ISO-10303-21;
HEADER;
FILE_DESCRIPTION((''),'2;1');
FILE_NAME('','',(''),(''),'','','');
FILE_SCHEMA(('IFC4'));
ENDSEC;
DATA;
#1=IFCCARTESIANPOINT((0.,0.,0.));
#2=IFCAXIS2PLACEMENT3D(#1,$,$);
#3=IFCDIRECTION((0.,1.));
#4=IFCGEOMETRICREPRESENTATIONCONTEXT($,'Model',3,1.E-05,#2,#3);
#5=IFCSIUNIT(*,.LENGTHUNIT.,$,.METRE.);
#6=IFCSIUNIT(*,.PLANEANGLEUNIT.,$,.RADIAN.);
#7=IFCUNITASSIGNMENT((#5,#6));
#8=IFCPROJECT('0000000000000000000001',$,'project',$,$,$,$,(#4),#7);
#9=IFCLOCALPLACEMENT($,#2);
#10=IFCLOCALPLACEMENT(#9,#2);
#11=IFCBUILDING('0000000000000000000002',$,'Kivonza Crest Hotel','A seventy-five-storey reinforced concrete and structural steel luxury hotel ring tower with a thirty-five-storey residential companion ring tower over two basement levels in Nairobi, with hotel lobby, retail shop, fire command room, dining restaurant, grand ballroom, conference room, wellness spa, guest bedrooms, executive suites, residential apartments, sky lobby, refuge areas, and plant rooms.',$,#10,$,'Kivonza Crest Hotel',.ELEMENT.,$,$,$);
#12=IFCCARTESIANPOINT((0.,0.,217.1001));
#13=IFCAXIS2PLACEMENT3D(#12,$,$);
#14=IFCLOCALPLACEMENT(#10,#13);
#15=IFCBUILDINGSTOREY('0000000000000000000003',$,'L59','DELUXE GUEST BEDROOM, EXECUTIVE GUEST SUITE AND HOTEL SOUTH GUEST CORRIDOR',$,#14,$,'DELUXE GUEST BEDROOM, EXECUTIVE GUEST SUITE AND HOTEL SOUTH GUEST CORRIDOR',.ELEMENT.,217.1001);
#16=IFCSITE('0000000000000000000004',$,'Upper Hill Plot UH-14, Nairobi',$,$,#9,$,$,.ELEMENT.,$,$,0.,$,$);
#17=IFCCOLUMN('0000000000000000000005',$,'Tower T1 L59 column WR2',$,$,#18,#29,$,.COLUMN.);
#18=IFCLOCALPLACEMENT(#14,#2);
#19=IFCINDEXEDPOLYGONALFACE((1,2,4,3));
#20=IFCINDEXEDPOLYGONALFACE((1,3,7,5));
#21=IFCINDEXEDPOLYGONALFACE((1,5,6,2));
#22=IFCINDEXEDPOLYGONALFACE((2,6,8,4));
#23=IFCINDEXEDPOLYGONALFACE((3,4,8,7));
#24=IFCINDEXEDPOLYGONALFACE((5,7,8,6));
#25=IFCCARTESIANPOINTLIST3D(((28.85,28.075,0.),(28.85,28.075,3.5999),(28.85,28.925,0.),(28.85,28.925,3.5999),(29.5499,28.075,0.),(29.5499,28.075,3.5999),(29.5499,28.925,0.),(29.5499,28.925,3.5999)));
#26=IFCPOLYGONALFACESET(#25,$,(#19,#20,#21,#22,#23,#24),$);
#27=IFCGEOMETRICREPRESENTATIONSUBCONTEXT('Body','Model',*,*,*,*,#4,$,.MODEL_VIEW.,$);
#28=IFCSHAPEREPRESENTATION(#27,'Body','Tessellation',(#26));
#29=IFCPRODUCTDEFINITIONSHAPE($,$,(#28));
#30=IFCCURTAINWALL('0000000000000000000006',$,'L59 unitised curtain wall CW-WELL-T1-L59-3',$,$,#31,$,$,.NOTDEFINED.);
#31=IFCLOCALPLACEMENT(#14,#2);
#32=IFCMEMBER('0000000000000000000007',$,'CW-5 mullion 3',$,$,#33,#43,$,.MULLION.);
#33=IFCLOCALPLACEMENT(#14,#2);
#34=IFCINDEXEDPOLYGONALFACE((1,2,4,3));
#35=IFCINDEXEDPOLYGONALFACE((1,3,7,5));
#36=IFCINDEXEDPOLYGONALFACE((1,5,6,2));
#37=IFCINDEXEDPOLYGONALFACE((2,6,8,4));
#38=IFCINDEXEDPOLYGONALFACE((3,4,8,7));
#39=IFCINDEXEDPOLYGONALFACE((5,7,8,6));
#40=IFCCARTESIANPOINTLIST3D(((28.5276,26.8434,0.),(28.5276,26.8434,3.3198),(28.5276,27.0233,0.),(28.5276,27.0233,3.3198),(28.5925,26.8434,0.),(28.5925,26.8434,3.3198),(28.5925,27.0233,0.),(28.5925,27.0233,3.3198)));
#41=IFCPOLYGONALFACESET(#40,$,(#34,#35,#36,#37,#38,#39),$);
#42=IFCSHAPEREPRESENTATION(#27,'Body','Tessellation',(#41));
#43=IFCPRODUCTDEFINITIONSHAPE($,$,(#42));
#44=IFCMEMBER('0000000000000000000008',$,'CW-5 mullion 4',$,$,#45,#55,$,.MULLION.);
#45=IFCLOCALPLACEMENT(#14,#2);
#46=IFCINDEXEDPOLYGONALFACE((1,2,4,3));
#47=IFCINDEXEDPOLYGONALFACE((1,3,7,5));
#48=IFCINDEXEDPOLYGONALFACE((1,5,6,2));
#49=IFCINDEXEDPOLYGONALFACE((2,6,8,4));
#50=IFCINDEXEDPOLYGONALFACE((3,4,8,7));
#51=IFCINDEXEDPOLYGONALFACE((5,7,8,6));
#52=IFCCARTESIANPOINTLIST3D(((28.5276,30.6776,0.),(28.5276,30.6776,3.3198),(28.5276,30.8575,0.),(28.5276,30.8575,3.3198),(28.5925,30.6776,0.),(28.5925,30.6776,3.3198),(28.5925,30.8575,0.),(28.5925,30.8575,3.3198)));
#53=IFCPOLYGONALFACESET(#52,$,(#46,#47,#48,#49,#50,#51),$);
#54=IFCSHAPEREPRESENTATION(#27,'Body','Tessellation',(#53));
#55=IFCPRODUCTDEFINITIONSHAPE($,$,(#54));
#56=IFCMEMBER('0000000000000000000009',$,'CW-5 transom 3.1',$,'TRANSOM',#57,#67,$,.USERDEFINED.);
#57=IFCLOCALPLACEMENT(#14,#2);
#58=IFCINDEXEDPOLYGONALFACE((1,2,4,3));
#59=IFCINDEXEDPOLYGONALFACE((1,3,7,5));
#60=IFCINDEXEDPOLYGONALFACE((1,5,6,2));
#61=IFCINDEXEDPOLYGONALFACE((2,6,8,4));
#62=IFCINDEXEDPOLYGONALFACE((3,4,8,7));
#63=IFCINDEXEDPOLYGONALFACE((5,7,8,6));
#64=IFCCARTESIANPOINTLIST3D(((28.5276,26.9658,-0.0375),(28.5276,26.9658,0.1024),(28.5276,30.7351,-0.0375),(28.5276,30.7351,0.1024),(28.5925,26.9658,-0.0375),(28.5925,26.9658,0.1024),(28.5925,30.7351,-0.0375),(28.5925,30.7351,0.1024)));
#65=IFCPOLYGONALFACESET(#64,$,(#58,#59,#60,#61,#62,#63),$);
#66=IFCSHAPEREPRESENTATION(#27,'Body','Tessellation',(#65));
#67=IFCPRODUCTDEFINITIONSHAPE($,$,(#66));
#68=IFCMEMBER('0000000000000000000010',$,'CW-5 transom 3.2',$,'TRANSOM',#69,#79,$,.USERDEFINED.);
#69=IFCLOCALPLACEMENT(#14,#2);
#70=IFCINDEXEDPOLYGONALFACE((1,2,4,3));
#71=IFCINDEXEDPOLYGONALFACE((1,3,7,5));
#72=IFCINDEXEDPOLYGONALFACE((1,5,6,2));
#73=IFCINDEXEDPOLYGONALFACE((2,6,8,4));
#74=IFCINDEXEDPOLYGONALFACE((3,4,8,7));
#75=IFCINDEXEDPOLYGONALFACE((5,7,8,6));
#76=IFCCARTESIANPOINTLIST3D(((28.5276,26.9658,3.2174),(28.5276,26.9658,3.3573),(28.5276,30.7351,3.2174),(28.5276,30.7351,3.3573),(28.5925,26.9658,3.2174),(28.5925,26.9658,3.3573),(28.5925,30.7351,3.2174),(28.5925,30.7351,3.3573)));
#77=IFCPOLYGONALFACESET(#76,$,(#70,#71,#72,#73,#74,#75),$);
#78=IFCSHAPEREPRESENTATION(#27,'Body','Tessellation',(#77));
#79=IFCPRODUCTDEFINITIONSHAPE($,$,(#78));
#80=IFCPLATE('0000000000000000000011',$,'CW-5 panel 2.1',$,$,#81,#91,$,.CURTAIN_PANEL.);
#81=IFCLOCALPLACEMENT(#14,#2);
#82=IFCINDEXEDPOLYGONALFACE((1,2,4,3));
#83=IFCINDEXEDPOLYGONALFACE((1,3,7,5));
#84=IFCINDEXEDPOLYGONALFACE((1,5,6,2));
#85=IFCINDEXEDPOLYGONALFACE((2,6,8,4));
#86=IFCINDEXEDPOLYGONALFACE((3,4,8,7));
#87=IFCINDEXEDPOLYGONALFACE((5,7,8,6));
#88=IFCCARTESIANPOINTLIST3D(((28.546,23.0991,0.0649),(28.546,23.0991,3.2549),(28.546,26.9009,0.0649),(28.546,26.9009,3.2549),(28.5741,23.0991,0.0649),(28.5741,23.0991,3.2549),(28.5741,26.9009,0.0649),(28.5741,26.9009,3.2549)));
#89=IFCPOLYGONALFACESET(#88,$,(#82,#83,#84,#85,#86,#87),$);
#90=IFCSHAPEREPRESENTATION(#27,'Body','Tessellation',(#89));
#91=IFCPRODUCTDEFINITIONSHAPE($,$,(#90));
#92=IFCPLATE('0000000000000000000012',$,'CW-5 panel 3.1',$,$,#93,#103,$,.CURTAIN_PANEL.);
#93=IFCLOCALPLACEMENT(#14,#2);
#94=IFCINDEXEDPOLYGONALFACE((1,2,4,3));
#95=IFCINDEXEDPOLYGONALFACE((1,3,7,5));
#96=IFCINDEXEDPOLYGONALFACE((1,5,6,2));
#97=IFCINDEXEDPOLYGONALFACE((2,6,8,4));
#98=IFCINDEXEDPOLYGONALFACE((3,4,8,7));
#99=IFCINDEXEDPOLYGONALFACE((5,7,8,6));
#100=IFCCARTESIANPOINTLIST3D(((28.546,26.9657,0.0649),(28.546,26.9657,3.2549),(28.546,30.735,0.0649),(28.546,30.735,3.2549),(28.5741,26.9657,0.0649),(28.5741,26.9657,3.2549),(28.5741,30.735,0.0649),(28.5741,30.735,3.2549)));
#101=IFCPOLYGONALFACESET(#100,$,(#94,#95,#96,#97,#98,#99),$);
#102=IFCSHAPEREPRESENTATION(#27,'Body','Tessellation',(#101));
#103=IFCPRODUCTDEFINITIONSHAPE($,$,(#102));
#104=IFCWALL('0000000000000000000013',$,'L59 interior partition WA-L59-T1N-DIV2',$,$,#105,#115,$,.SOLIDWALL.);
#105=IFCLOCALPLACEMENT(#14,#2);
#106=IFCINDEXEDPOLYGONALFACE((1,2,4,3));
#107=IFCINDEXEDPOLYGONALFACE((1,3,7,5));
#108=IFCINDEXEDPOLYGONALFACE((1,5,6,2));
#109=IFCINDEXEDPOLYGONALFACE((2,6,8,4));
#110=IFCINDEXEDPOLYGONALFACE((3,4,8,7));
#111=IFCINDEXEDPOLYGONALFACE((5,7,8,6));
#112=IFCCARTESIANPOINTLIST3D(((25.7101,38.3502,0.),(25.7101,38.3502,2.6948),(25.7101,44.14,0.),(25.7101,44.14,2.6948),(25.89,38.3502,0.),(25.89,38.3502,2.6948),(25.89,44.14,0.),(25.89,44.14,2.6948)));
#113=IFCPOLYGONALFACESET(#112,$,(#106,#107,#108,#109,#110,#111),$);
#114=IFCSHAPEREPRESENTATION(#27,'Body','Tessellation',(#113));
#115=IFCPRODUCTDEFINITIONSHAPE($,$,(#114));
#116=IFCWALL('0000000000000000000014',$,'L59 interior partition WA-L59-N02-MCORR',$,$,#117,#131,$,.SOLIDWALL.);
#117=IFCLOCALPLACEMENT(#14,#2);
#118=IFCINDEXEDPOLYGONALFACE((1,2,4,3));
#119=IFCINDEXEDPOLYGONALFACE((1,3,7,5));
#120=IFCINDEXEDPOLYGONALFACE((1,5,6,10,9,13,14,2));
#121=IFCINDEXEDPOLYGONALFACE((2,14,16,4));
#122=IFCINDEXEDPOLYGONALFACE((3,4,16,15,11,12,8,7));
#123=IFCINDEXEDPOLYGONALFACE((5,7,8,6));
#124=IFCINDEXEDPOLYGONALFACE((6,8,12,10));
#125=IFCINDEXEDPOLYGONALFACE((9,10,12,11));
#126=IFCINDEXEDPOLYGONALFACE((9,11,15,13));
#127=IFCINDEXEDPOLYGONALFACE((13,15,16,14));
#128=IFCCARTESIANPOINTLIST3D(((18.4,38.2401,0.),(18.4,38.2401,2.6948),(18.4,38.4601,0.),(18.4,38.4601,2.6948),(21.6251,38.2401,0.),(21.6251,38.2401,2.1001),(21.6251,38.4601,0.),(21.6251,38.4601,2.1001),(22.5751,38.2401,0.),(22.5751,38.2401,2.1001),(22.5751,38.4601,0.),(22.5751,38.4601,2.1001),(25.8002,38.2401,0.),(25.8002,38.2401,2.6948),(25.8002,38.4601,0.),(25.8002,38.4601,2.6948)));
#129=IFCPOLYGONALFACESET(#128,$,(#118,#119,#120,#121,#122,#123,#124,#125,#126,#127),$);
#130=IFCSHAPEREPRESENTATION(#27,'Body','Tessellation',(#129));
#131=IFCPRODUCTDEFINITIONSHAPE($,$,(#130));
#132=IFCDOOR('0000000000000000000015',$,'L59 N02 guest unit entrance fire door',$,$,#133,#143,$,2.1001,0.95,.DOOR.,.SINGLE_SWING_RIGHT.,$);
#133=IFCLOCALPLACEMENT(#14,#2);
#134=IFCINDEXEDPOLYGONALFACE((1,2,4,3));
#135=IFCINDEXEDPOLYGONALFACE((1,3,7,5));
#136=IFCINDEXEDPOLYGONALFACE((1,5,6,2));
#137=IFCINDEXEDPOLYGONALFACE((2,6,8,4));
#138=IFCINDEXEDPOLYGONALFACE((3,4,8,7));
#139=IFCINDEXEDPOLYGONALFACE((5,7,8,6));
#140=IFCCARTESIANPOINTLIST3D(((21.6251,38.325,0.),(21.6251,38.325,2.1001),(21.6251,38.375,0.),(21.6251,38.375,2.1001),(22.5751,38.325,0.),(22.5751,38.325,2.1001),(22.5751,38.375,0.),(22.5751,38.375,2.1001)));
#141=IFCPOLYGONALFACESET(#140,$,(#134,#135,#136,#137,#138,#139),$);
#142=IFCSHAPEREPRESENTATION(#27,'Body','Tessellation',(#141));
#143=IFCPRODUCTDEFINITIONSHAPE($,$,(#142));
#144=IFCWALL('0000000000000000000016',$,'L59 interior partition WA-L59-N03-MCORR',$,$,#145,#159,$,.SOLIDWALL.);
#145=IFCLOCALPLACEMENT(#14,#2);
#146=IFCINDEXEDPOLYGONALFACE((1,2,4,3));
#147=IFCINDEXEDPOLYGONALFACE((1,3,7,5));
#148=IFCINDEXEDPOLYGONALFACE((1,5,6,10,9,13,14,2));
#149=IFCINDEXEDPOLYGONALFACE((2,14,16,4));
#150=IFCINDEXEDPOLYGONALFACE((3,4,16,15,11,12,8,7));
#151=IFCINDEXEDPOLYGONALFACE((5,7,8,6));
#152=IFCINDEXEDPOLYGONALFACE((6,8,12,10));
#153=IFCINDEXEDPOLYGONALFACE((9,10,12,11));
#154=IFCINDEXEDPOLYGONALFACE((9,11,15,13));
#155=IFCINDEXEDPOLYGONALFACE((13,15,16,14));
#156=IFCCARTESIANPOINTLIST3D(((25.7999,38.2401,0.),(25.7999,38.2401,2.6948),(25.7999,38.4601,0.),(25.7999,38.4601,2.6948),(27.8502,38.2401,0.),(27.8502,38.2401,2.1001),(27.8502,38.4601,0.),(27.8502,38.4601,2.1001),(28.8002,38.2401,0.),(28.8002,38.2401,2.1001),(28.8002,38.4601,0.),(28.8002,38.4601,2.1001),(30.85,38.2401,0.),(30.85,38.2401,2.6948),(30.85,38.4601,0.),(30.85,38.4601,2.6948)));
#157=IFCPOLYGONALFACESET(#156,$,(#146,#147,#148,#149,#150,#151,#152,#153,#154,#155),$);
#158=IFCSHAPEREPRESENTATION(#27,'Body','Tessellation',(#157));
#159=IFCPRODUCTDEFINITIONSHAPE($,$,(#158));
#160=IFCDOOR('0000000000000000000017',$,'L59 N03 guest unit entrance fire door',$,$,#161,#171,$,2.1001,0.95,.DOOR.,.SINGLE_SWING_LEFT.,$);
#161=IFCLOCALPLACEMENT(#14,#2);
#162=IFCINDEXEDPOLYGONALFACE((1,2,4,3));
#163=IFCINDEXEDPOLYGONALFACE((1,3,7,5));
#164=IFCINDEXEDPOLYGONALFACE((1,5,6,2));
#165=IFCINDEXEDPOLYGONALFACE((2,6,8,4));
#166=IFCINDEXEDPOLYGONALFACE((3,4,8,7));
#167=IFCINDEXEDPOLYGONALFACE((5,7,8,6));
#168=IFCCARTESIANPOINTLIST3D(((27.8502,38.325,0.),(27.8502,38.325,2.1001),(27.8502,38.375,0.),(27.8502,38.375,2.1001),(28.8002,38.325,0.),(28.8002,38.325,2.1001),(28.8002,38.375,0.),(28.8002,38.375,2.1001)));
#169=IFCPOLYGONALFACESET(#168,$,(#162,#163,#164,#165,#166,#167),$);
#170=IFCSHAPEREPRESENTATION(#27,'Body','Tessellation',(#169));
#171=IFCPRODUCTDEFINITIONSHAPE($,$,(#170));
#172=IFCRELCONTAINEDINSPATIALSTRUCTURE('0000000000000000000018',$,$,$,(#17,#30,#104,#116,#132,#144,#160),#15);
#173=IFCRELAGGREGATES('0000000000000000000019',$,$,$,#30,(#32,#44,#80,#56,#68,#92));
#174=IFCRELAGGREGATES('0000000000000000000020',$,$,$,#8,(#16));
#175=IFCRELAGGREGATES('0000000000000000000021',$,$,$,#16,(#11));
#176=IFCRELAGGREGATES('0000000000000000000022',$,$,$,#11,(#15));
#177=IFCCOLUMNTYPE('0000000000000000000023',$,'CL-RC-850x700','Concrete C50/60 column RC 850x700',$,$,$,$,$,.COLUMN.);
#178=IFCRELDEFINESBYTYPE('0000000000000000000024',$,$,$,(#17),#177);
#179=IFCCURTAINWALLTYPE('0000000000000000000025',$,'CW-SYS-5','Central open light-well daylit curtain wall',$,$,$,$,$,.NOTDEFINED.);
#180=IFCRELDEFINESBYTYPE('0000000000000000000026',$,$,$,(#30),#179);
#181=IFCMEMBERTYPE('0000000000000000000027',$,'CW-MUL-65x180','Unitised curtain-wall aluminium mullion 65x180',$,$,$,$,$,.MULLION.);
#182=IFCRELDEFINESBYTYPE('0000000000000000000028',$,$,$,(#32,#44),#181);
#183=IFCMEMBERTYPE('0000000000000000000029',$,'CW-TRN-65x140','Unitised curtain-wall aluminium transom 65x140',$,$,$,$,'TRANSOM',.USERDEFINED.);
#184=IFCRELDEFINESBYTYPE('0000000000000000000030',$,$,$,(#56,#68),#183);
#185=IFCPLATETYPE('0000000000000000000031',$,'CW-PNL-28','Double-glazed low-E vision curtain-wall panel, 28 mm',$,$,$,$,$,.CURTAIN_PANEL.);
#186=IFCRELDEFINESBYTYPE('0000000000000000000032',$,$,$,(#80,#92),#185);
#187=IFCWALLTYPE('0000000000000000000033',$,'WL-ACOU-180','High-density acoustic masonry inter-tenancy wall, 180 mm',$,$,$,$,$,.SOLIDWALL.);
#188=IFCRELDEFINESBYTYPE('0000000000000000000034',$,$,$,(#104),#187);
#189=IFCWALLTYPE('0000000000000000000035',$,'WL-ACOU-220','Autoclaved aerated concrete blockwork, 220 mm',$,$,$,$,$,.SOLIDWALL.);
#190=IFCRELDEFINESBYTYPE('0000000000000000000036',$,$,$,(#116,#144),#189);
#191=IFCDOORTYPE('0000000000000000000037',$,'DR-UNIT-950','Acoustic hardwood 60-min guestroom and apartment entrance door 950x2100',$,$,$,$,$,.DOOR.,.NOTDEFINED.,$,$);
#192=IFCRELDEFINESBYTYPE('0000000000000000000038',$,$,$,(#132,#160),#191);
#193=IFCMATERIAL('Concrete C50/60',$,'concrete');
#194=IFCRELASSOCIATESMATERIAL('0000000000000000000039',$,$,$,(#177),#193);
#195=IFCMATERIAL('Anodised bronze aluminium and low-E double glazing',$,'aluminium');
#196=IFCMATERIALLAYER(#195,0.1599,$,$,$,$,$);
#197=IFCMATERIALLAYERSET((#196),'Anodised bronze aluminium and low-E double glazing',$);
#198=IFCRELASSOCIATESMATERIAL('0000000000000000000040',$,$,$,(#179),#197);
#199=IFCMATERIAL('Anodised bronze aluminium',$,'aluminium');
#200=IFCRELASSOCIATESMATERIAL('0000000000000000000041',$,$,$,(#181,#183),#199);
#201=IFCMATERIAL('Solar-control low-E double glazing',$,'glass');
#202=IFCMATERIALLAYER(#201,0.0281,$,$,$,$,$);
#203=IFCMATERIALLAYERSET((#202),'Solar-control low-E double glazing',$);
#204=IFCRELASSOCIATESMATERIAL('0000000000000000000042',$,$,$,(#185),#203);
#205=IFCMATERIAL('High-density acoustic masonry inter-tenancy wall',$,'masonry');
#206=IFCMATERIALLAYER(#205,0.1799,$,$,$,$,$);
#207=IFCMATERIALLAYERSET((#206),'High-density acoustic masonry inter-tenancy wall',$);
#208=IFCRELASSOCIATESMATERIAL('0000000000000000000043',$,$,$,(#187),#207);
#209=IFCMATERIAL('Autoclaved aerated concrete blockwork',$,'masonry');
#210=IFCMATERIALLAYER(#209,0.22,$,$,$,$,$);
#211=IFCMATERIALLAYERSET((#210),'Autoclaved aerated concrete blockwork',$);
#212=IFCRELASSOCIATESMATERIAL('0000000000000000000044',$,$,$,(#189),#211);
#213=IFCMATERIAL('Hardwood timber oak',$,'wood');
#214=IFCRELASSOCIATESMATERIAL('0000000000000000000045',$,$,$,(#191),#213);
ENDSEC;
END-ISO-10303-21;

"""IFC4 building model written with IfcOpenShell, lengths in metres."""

from ifc_helpers import new_model, si_unit, direction, frame, frame_2d, origin, origin_2d, place, context, subcontext, project, spatial, rectangle, extrude, material, layer, layer_set, material_profile, profile_set, type_object, element, fill, aggregate, save


model = new_model("IFC4")

# Units and contexts
model_context = context("Model", 3, precision=1e-05, world=origin(), true_north=direction((0.0, 1.0)))
body_context = subcontext(model_context, "Body", "Model", "MODEL_VIEW")
ifc_project = project(units=[si_unit("LENGTHUNIT", "METRE"), si_unit("PLANEANGLEUNIT", "RADIAN")], contexts=[model_context])

# Site, building, storey
site_placement = place(None, origin())
site = spatial("IfcSite", under=ifc_project, at=site_placement, Name="Upper Hill Plot UH-14, Nairobi", CompositionType="ELEMENT", RefElevation=0.0)
building_placement = place(site_placement, origin())
building = spatial("IfcBuilding", under=site, at=building_placement, Name="Kivonza Crest Hotel", Description="A seventy-five-storey reinforced concrete and structural steel luxury hotel ring tower with a thirty-five-storey residential companion ring tower over two basement levels in Nairobi, with hotel lobby, retail shop, fire command room, dining restaurant, grand ballroom, conference room, wellness spa, guest bedrooms, executive suites, residential apartments, sky lobby, refuge areas, and plant rooms.", LongName="Kivonza Crest Hotel", CompositionType="ELEMENT")
storey_placement = place(building_placement, frame((0.0, 0.0, 217.1001)))
storey = spatial("IfcBuildingStorey", under=building, at=storey_placement, Name="L59", Description="DELUXE GUEST BEDROOM, EXECUTIVE GUEST SUITE AND HOTEL SOUTH GUEST CORRIDOR", LongName="DELUXE GUEST BEDROOM, EXECUTIVE GUEST SUITE AND HOTEL SOUTH GUEST CORRIDOR", CompositionType="ELEMENT", Elevation=217.1001)

# Column
ifc_material_1 = material(Name="Concrete C50/60", Category="concrete")
ifc_material_profile_1 = material_profile(ifc_material_1, rectangle(XDim=0.7, YDim=0.8501, at=origin_2d()), Name="RC 850x700")
ifc_profile_set_1 = profile_set([ifc_material_profile_1], Name="Concrete C50/60")
column_type = type_object("IfcColumnType", Name="CL-RC-850x700", Description="Concrete C50/60 column RC 850x700", PredefinedType="COLUMN", material=ifc_profile_set_1)
column_placement = place(storey_placement, frame((29.2, 28.5, 0.0), z_axis=(0.0, 0.0, 1.0), x_axis=(1.0, 0.0, 0.0)))
element("IfcColumn", 1, at=column_placement, inside=storey, type_object=column_type, Name="Tower T1 L59 column WR2", PredefinedType="COLUMN", context=body_context, shape_type="SweptSolid", body=[
    extrude(rectangle(XDim=0.7, YDim=0.8501, at=origin_2d()), origin(), (0.0, 0.0, 1.0), 3.5999),
])

# Curtain wall, members, plates
ifc_material_2 = material(Name="Anodised bronze aluminium and low-E double glazing", Category="aluminium")
ifc_layer_1 = layer(ifc_material_2, 0.1599)
ifc_layer_set_1 = layer_set([ifc_layer_1], Name="Anodised bronze aluminium and low-E double glazing")
curtain_wall_type = type_object("IfcCurtainWallType", Name="CW-SYS-5", Description="Central open light-well daylit curtain wall", PredefinedType="NOTDEFINED", material=ifc_layer_set_1)
curtain_wall_placement = place(storey_placement, origin())
curtain_wall = element("IfcCurtainWall", 2, at=curtain_wall_placement, inside=storey, type_object=curtain_wall_type, Name="L59 unitised curtain wall CW-WELL-T1-L59-3", PredefinedType="NOTDEFINED")
ifc_material_3 = material(Name="Anodised bronze aluminium", Category="aluminium")
ifc_material_profile_2 = material_profile(ifc_material_3, rectangle(XDim=0.0649, YDim=0.1799, at=origin_2d()), Name="CW-M 65x180")
ifc_profile_set_2 = profile_set([ifc_material_profile_2], Name="Anodised bronze aluminium")
member_type_1 = type_object("IfcMemberType", Name="CW-MUL-65x180", Description="Unitised curtain-wall aluminium mullion 65x180", PredefinedType="MULLION", material=ifc_profile_set_2)
member_1_placement = place(storey_placement, frame((28.5601, 26.9333, 0.0), z_axis=(0.0, 0.0, 1.0), x_axis=(-1.0, 0.0, 0.0)))
member_1 = element("IfcMember", 3, at=member_1_placement, type_object=member_type_1, Name="CW-5 mullion 3", PredefinedType="MULLION", context=body_context, shape_type="SweptSolid", body=[
    extrude(rectangle(XDim=0.0649, YDim=0.1799, at=origin_2d()), origin(), (0.0, 0.0, 1.0), 3.3198),
])
member_2_placement = place(storey_placement, frame((28.5601, 30.7676, 0.0), z_axis=(0.0, 0.0, 1.0), x_axis=(-1.0, 0.0, 0.0)))
member_2 = element("IfcMember", 4, at=member_2_placement, type_object=member_type_1, Name="CW-5 mullion 4", PredefinedType="MULLION", context=body_context, shape_type="SweptSolid", body=[
    extrude(rectangle(XDim=0.0649, YDim=0.1799, at=origin_2d()), origin(), (0.0, 0.0, 1.0), 3.3198),
])
ifc_material_profile_3 = material_profile(ifc_material_3, rectangle(XDim=0.0649, YDim=0.1399, at=origin_2d()), Name="CW-T 65x140")
ifc_profile_set_3 = profile_set([ifc_material_profile_3], Name="Anodised bronze aluminium")
member_type_2 = type_object("IfcMemberType", Name="CW-TRN-65x140", Description="Unitised curtain-wall aluminium transom 65x140", ElementType="TRANSOM", PredefinedType="USERDEFINED", material=ifc_profile_set_3)
member_3_placement = place(storey_placement, frame((28.5601, 26.9658, 0.0325), z_axis=(0.0, 1.0, 0.0), x_axis=(-1.0, 0.0, 0.0)))
member_3 = element("IfcMember", 5, at=member_3_placement, type_object=member_type_2, Name="CW-5 transom 3.1", ObjectType="TRANSOM", PredefinedType="USERDEFINED", context=body_context, shape_type="SweptSolid", body=[
    extrude(rectangle(XDim=0.0649, YDim=0.1399, at=origin_2d()), origin(), (0.0, 0.0, 1.0), 3.7693),
])
member_4_placement = place(storey_placement, frame((28.5601, 26.9658, 3.2874), z_axis=(0.0, 1.0, 0.0), x_axis=(-1.0, 0.0, 0.0)))
member_4 = element("IfcMember", 6, at=member_4_placement, type_object=member_type_2, Name="CW-5 transom 3.2", ObjectType="TRANSOM", PredefinedType="USERDEFINED", context=body_context, shape_type="SweptSolid", body=[
    extrude(rectangle(XDim=0.0649, YDim=0.1399, at=origin_2d()), origin(), (0.0, 0.0, 1.0), 3.7693),
])
ifc_material_4 = material(Name="Solar-control low-E double glazing", Category="glass")
ifc_layer_2 = layer(ifc_material_4, 0.0281)
ifc_layer_set_2 = layer_set([ifc_layer_2], Name="Solar-control low-E double glazing")
plate_type = type_object("IfcPlateType", Name="CW-PNL-28", Description="Double-glazed low-E vision curtain-wall panel, 28 mm", PredefinedType="CURTAIN_PANEL", material=ifc_layer_set_2)
plate_1_placement = place(storey_placement, frame((28.5601, 25.0, 0.0649), z_axis=(0.0, 0.0, 1.0), x_axis=(0.0, 1.0, 0.0)))
plate_1 = element("IfcPlate", 7, at=plate_1_placement, type_object=plate_type, Name="CW-5 panel 2.1", PredefinedType="CURTAIN_PANEL", context=body_context, shape_type="SweptSolid", body=[
    extrude(rectangle(XDim=3.8018, YDim=0.0281, at=origin_2d()), origin(), (0.0, 0.0, 1.0), 3.1899),
])
plate_2_placement = place(storey_placement, frame((28.5601, 28.8503, 0.0649), z_axis=(0.0, 0.0, 1.0), x_axis=(0.0, 1.0, 0.0)))
plate_2 = element("IfcPlate", 8, at=plate_2_placement, type_object=plate_type, Name="CW-5 panel 3.1", PredefinedType="CURTAIN_PANEL", context=body_context, shape_type="SweptSolid", body=[
    extrude(rectangle(XDim=3.7693, YDim=0.0281, at=origin_2d()), origin(), (0.0, 0.0, 1.0), 3.1899),
])
aggregate(curtain_wall, [member_1, member_2, plate_1, member_3, member_4, plate_2])

# Wall
ifc_material_5 = material(Name="High-density acoustic masonry inter-tenancy wall", Category="masonry")
ifc_layer_3 = layer(ifc_material_5, 0.1799)
ifc_layer_set_3 = layer_set([ifc_layer_3], Name="High-density acoustic masonry inter-tenancy wall")
wall_type_1 = type_object("IfcWallType", Name="WL-ACOU-180", Description="High-density acoustic masonry inter-tenancy wall, 180 mm", PredefinedType="SOLIDWALL", material=ifc_layer_set_3)
wall_1_placement = place(storey_placement, frame((25.8, 38.3501, 0.0), z_axis=(0.0, 0.0, 1.0), x_axis=(0.0, 1.0, 0.0)))
element("IfcWall", 9, at=wall_1_placement, inside=storey, type_object=wall_type_1, Name="L59 interior partition WA-L59-T1N-DIV2", PredefinedType="SOLIDWALL", context=body_context, shape_type="SweptSolid", body=[
    extrude(rectangle(XDim=5.7898, YDim=0.1799, at=frame_2d((2.895, 0.0))), origin(), (0.0, 0.0, 1.0), 2.6948),
])

# Walls, openings, doors
ifc_material_6 = material(Name="Autoclaved aerated concrete blockwork", Category="masonry")
ifc_layer_4 = layer(ifc_material_6, 0.22)
ifc_layer_set_4 = layer_set([ifc_layer_4], Name="Autoclaved aerated concrete blockwork")
wall_type_2 = type_object("IfcWallType", Name="WL-ACOU-220", Description="Autoclaved aerated concrete blockwork, 220 mm", PredefinedType="SOLIDWALL", material=ifc_layer_set_4)
wall_2_placement = place(storey_placement, frame((18.3999, 38.3501, 0.0), z_axis=(0.0, 0.0, 1.0), x_axis=(1.0, 0.0, 0.0)))
wall_2 = element("IfcWall", 10, at=wall_2_placement, inside=storey, type_object=wall_type_2, Name="L59 interior partition WA-L59-N02-MCORR", PredefinedType="SOLIDWALL", context=body_context, shape_type="SweptSolid", body=[
    extrude(rectangle(XDim=7.4001, YDim=0.22, at=frame_2d((3.7002, 0.0))), origin(), (0.0, 0.0, 1.0), 2.6948),
])
opening_1_placement = place(wall_2_placement, frame((3.2251, 0.0, 0.0)))
opening_1 = element("IfcOpeningElement", 11, at=opening_1_placement, cuts=wall_2, PredefinedType="OPENING", context=body_context, shape_type="SweptSolid", body=[
    extrude(rectangle(XDim=0.95, YDim=2.1001, at=frame_2d((0.4751, 1.05))), frame((0.0, 0.1201, 0.0), z_axis=(0.0, -1.0, 0.0), x_axis=(1.0, 0.0, 0.0)), (0.0, 0.0, 1.0), 0.24),
])
ifc_material_7 = material(Name="Hardwood timber oak", Category="wood")
door_type_1 = type_object("IfcDoorType", Name="DR-UNIT-950", Description="Acoustic hardwood 60-min guestroom and apartment entrance door 950x2100", OperationType="NOTDEFINED", PredefinedType="DOOR", material=ifc_material_7)
door_1_placement = place(opening_1_placement, origin())
door_1 = element("IfcDoor", 12, at=door_1_placement, inside=storey, type_object=door_type_1, Name="L59 N02 guest unit entrance fire door", OperationType="SINGLE_SWING_RIGHT", OverallHeight=2.1001, OverallWidth=0.95, PredefinedType="DOOR", context=body_context, shape_type="SweptSolid", body=[
    extrude(rectangle(XDim=0.95, YDim=2.1001, at=frame_2d((0.4751, 1.05))), frame((0.0, 0.0249, 0.0), z_axis=(0.0, -1.0, 0.0), x_axis=(1.0, 0.0, 0.0)), (0.0, 0.0, 1.0), 0.05),
])
fill(opening_1, door_1)
wall_3_placement = place(storey_placement, frame((25.8, 38.3501, 0.0), z_axis=(0.0, 0.0, 1.0), x_axis=(1.0, 0.0, 0.0)))
wall_3 = element("IfcWall", 13, at=wall_3_placement, inside=storey, type_object=wall_type_2, Name="L59 interior partition WA-L59-N03-MCORR", PredefinedType="SOLIDWALL", context=body_context, shape_type="SweptSolid", body=[
    extrude(rectangle(XDim=5.05, YDim=0.22, at=frame_2d((2.5249, 0.0))), origin(), (0.0, 0.0, 1.0), 2.6948),
])
opening_2_placement = place(wall_3_placement, frame((2.05, 0.0, 0.0)))
opening_2 = element("IfcOpeningElement", 14, at=opening_2_placement, cuts=wall_3, PredefinedType="OPENING", context=body_context, shape_type="SweptSolid", body=[
    extrude(rectangle(XDim=0.95, YDim=2.1001, at=frame_2d((0.4751, 1.05))), frame((0.0, 0.1201, 0.0), z_axis=(0.0, -1.0, 0.0), x_axis=(1.0, 0.0, 0.0)), (0.0, 0.0, 1.0), 0.24),
])
door_2_placement = place(opening_2_placement, origin())
door_2 = element("IfcDoor", 15, at=door_2_placement, inside=storey, type_object=door_type_1, Name="L59 N03 guest unit entrance fire door", OperationType="SINGLE_SWING_LEFT", OverallHeight=2.1001, OverallWidth=0.95, PredefinedType="DOOR", context=body_context, shape_type="SweptSolid", body=[
    extrude(rectangle(XDim=0.95, YDim=2.1001, at=frame_2d((0.4751, 1.05))), frame((0.0, 0.0249, 0.0), z_axis=(0.0, -1.0, 0.0), x_axis=(1.0, 0.0, 0.0)), (0.0, 0.0, 1.0), 0.05),
])
fill(opening_2, door_2)

save(model, "model.ifc")
